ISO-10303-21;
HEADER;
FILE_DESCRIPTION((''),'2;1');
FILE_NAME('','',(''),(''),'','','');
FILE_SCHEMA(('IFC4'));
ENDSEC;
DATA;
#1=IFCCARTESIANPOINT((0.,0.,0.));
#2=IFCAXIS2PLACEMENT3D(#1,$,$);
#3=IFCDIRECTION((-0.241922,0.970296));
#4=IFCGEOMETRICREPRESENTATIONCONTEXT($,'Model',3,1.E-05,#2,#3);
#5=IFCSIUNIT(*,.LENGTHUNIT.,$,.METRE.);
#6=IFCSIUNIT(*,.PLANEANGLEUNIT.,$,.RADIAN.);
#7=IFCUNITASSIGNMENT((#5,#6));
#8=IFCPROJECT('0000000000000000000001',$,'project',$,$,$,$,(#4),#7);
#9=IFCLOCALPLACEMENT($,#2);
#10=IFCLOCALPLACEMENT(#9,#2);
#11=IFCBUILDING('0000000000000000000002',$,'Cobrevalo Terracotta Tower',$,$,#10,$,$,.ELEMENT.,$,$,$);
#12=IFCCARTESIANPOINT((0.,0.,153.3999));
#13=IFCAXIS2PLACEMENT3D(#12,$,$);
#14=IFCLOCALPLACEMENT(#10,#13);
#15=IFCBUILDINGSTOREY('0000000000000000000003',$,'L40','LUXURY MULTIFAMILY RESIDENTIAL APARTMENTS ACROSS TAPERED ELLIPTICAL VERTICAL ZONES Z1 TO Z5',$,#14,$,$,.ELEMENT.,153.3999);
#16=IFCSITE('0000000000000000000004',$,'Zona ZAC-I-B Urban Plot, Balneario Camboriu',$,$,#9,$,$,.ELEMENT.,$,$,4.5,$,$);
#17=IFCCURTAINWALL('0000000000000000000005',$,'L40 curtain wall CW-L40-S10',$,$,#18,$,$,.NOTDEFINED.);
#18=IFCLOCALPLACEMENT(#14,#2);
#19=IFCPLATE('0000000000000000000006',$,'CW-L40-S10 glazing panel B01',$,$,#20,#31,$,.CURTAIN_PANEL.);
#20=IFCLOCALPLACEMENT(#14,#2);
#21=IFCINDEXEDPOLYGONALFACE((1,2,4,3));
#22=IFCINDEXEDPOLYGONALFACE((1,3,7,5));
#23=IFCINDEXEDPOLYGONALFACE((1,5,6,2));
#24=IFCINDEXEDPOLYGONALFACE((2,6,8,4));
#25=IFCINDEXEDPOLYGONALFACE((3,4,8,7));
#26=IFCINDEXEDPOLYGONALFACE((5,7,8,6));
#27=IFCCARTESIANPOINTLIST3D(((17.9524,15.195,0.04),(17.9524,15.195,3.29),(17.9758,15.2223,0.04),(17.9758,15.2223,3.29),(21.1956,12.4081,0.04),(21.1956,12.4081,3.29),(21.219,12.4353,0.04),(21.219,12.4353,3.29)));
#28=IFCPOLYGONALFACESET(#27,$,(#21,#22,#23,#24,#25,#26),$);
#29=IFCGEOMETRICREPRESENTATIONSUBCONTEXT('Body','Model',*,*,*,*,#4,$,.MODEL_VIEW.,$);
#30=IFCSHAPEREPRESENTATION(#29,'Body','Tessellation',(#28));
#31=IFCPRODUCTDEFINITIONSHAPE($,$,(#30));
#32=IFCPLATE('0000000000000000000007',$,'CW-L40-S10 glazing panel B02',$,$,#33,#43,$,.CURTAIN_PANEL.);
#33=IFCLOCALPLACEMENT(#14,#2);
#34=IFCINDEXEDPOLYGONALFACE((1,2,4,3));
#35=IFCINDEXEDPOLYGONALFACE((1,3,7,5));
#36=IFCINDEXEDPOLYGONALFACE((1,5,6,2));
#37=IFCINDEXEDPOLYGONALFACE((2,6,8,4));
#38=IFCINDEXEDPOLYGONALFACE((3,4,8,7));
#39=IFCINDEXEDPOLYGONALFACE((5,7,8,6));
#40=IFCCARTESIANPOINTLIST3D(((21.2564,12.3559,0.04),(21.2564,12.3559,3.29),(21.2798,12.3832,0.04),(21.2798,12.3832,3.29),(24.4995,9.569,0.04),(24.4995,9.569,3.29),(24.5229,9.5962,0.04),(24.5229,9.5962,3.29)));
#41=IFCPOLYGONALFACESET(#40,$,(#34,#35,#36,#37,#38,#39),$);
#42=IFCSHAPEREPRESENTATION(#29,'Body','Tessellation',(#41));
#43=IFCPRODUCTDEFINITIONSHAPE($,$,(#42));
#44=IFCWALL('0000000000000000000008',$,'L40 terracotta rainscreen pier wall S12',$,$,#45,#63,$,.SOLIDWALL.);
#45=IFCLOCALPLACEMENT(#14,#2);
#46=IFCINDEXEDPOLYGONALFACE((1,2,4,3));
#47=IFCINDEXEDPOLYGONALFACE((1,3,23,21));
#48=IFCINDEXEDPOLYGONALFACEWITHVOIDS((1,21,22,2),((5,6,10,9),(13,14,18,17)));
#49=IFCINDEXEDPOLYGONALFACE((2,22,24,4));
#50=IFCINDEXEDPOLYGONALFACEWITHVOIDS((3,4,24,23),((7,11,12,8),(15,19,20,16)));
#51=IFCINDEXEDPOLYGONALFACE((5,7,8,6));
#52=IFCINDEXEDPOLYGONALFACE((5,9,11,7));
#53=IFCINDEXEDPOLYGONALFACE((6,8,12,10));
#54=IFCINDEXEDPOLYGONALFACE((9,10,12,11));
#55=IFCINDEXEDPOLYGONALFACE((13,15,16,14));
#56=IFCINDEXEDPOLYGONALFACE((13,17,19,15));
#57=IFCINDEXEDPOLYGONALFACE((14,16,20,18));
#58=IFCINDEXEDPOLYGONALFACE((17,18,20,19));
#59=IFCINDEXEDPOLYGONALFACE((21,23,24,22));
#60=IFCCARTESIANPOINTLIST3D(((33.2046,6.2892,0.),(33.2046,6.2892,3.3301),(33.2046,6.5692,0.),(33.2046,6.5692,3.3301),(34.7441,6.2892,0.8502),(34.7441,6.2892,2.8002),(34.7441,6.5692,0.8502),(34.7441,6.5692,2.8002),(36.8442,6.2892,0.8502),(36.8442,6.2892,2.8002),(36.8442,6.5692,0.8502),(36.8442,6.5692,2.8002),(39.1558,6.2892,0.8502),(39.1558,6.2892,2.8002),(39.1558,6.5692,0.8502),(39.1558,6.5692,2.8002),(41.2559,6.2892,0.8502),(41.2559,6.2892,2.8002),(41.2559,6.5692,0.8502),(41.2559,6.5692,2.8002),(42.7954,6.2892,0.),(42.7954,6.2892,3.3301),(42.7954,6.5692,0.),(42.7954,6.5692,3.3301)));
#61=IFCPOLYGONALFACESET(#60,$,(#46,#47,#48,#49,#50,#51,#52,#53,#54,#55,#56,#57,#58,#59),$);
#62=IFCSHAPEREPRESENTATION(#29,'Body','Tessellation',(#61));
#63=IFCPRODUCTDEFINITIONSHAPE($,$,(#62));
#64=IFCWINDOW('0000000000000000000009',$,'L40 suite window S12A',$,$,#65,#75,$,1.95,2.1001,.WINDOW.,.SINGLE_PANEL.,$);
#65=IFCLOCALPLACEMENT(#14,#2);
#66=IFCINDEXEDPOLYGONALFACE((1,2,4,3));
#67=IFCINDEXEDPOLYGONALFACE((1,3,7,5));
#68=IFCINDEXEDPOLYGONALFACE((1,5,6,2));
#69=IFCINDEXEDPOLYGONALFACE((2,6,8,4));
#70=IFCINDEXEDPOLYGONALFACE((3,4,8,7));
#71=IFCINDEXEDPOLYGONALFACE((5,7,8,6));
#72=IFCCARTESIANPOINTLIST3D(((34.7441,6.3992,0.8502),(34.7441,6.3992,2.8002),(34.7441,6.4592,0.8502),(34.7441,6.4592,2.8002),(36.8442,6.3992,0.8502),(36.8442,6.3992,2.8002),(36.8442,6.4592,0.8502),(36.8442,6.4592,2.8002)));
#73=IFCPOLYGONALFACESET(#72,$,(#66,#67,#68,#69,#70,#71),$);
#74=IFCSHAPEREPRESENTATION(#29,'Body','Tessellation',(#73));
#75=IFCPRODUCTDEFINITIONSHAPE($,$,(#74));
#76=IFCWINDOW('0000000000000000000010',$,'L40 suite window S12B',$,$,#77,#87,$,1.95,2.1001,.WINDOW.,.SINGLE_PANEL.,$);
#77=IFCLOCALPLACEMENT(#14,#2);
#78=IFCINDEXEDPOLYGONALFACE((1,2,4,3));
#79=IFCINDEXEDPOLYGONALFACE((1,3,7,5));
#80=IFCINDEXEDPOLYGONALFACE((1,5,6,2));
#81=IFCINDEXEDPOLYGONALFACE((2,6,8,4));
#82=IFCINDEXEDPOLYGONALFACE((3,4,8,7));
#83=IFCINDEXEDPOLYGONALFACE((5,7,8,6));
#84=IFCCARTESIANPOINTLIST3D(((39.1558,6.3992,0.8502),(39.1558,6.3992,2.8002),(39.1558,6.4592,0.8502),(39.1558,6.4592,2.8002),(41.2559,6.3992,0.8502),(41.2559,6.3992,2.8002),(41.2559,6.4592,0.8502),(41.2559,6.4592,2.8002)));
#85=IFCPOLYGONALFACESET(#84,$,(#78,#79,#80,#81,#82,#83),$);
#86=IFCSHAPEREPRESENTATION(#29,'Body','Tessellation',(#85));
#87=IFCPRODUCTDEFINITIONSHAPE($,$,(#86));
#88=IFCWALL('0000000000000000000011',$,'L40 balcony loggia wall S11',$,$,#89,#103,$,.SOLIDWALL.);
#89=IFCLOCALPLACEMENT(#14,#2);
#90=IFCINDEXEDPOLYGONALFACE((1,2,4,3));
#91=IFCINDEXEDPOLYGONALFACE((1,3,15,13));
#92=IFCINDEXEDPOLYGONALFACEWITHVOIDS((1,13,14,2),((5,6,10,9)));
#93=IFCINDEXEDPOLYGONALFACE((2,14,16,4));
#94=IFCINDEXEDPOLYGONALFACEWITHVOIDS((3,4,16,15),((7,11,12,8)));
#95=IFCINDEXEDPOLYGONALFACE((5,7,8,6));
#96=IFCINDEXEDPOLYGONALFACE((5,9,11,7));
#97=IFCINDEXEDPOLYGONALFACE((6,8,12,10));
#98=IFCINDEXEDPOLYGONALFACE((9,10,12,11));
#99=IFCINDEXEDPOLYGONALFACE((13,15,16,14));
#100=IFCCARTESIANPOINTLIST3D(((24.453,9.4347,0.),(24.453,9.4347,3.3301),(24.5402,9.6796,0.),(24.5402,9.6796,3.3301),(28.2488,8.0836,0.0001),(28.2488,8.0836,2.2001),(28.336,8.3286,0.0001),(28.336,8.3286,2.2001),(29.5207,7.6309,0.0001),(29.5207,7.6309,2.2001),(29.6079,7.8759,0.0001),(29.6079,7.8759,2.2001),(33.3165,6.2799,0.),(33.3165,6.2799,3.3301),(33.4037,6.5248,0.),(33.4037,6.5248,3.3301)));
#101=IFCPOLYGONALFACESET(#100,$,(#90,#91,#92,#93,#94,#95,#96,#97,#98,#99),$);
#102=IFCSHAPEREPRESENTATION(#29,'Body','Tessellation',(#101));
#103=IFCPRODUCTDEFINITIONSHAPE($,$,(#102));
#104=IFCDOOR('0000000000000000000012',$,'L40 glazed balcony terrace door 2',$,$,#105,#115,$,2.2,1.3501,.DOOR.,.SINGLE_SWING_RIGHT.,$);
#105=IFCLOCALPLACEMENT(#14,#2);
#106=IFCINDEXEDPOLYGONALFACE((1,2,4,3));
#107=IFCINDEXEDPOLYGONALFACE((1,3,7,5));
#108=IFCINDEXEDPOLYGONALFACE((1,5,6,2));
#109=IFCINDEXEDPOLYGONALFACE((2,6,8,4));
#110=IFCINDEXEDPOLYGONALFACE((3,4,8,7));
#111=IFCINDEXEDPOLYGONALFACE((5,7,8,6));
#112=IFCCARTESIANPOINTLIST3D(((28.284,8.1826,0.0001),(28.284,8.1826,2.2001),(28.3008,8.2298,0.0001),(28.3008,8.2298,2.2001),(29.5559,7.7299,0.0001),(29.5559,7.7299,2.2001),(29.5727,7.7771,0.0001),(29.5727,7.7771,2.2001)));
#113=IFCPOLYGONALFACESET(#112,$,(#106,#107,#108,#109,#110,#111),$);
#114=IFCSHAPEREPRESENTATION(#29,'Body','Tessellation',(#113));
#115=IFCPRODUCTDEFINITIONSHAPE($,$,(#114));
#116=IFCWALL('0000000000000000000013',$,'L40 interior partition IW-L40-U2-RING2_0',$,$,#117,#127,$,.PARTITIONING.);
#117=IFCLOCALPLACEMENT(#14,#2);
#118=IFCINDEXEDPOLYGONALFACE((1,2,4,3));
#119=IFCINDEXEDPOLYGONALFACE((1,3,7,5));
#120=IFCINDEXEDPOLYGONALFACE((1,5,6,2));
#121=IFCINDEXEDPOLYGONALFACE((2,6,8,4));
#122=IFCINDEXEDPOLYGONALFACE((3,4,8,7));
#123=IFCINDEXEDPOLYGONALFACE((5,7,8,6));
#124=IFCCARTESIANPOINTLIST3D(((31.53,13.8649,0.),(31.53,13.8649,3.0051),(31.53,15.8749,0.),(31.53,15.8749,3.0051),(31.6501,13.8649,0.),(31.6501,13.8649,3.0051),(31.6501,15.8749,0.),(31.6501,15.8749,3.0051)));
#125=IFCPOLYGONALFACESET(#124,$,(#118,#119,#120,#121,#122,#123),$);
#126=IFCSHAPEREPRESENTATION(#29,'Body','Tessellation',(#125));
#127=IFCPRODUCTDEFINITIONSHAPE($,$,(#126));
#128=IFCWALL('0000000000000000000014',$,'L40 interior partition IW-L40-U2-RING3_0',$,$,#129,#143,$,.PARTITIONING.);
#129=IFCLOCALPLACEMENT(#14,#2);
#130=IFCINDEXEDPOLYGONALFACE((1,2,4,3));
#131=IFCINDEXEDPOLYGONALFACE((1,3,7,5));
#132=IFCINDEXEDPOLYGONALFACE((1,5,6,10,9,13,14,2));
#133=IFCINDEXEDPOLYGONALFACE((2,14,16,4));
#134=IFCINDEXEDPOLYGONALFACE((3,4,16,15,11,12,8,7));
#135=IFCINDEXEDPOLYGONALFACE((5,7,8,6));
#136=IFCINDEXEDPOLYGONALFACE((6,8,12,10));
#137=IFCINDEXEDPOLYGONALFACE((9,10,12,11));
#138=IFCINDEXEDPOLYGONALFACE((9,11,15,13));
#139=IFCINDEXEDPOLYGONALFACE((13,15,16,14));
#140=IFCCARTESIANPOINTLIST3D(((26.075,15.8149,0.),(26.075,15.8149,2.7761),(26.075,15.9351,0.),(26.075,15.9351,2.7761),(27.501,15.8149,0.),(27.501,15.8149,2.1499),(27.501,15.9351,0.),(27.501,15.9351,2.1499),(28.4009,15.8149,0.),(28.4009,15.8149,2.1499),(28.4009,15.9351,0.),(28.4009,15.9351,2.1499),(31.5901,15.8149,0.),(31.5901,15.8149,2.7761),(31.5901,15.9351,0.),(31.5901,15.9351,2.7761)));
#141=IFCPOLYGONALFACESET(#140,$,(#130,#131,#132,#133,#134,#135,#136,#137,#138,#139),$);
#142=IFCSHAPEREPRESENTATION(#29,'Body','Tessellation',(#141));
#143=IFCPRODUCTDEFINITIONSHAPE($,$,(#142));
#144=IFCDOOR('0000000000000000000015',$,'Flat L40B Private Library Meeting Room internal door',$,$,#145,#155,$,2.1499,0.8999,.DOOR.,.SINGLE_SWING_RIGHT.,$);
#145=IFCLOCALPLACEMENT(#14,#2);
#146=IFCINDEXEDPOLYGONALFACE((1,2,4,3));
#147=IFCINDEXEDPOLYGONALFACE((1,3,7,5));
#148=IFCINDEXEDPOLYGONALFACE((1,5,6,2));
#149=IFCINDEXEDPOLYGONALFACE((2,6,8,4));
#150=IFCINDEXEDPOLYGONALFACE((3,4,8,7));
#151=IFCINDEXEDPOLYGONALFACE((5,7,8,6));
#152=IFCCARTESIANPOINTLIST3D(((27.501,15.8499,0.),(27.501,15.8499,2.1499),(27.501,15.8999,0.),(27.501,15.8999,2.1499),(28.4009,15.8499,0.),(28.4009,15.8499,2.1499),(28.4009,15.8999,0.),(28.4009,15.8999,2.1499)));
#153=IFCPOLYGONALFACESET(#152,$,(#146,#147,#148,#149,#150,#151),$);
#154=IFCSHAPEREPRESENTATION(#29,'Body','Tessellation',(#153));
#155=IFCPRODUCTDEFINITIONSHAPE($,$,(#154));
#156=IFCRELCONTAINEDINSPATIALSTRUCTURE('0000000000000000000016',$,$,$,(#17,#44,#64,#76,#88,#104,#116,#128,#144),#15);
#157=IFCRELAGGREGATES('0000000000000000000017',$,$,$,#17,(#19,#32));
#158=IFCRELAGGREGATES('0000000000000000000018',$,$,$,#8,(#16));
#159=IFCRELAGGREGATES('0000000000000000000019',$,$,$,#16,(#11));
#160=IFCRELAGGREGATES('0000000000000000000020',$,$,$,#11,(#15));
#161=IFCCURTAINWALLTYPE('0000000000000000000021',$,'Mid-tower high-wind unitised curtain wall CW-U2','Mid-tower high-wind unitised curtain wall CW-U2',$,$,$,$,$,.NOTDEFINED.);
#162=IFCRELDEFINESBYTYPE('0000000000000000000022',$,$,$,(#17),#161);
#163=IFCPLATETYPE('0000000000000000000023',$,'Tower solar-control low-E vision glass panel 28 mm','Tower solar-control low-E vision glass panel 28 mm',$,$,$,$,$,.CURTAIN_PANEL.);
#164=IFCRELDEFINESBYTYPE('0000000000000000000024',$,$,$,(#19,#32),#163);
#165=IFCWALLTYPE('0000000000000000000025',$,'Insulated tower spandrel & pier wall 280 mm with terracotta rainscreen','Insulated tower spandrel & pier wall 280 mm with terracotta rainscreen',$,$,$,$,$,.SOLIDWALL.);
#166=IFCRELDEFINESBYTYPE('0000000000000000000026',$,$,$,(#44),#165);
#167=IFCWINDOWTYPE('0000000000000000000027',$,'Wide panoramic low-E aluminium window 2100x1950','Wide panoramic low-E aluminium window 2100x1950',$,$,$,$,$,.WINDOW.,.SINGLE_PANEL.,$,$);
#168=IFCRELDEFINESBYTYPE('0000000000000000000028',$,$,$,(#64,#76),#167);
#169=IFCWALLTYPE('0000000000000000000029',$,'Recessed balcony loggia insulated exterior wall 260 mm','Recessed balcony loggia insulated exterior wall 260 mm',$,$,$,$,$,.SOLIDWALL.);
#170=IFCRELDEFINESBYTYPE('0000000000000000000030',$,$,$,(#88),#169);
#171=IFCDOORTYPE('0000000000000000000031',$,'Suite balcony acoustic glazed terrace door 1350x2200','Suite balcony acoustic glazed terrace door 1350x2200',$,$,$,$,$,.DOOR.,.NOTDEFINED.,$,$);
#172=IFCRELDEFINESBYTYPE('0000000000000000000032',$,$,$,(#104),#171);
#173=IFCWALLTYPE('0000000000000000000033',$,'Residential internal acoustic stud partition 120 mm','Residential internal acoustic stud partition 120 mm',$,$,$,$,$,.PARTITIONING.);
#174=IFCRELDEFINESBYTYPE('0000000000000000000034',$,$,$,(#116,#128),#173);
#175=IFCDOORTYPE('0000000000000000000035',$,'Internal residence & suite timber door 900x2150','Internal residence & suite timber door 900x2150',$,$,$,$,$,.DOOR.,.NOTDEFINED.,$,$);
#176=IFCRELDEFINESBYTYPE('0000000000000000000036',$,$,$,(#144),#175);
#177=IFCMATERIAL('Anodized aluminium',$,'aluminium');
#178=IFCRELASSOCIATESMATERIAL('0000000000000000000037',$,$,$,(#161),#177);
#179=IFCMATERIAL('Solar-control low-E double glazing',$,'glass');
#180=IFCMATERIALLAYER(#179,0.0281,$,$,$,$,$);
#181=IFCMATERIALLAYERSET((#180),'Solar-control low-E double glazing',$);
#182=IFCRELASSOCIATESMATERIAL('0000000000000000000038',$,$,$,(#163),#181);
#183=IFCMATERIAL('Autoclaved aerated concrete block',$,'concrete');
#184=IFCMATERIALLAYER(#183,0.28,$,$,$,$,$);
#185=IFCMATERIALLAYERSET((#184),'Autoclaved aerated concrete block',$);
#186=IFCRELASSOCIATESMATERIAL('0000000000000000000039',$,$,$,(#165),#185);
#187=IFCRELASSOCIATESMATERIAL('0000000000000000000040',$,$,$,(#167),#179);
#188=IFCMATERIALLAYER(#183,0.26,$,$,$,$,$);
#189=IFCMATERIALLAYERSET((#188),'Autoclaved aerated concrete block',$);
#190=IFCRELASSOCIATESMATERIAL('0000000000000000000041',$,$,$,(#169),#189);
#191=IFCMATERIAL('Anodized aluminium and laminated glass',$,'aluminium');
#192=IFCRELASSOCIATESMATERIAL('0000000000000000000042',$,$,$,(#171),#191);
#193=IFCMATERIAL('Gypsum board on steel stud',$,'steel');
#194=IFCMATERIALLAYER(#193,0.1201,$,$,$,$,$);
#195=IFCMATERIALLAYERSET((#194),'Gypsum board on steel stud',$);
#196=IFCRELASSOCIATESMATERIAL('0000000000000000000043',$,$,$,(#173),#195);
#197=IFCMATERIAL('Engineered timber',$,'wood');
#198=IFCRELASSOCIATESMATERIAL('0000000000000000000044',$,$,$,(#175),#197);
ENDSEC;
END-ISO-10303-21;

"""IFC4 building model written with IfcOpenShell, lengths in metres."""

from ifc_helpers import new_model, si_unit, direction, frame, frame_2d, origin, origin_2d, place, context, subcontext, project, spatial, rectangle, extrude, source, transform, mapped, material, layer, layer_set, type_object, element, fill, aggregate, save


model = new_model("IFC4")

# Units and contexts
model_context = context("Model", 3, precision=1e-05, world=origin(), true_north=direction((-0.241922, 0.970296)))
body_context = subcontext(model_context, "Body", "Model", "MODEL_VIEW")
ifc_project = project(units=[si_unit("LENGTHUNIT", "METRE"), si_unit("PLANEANGLEUNIT", "RADIAN")], contexts=[model_context])

# Site, building, storey
site_placement = place(None, origin())
site = spatial("IfcSite", under=ifc_project, at=site_placement, Name="Zona ZAC-I-B Urban Plot, Balneario Camboriu", CompositionType="ELEMENT", RefElevation=4.5)
building_placement = place(site_placement, origin())
building = spatial("IfcBuilding", under=site, at=building_placement, Name="Cobrevalo Terracotta Tower", CompositionType="ELEMENT")
storey_placement = place(building_placement, frame((0.0, 0.0, 153.3999)))
storey = spatial("IfcBuildingStorey", under=building, at=storey_placement, Name="L40", Description="LUXURY MULTIFAMILY RESIDENTIAL APARTMENTS ACROSS TAPERED ELLIPTICAL VERTICAL ZONES Z1 TO Z5", CompositionType="ELEMENT", Elevation=153.3999)

# Curtain wall, plates
ifc_material_1 = material(Name="Anodized aluminium", Category="aluminium")
curtain_wall_type = type_object("IfcCurtainWallType", Name="Mid-tower high-wind unitised curtain wall CW-U2", Description="Mid-tower high-wind unitised curtain wall CW-U2", PredefinedType="NOTDEFINED", material=ifc_material_1)
curtain_wall_placement = place(storey_placement, origin())
curtain_wall = element("IfcCurtainWall", 1, at=curtain_wall_placement, inside=storey, type_object=curtain_wall_type, Name="L40 curtain wall CW-L40-S10", PredefinedType="NOTDEFINED")
ifc_material_2 = material(Name="Solar-control low-E double glazing", Category="glass")
ifc_layer_1 = layer(ifc_material_2, 0.0281)
ifc_layer_set_1 = layer_set([ifc_layer_1], Name="Solar-control low-E double glazing")
plate_type = type_object("IfcPlateType", Name="Tower solar-control low-E vision glass panel 28 mm", Description="Tower solar-control low-E vision glass panel 28 mm", PredefinedType="CURTAIN_PANEL", material=ifc_layer_set_1)
shared_shape_1 = source(origin(), body_context, "Body", "SweptSolid", [
    extrude(rectangle(XDim=4.2761, YDim=0.0359, at=origin_2d()), origin(), (0.0, 0.0, 1.0), 3.25),
])
plate_1_placement = place(storey_placement, frame((19.5857, 13.8152, 0.04), z_axis=(0.0, 0.0, 1.0), x_axis=(0.758437, -0.651746, 0.0)))
plate_1 = element("IfcPlate", 2, at=plate_1_placement, type_object=plate_type, Name="CW-L40-S10 glazing panel B01", PredefinedType="CURTAIN_PANEL", context=body_context, shape_type="MappedRepresentation", body=[
    mapped(shared_shape_1, transform((0.0, 0.0, 0.0), scale=1.0)),
])
plate_2_placement = place(storey_placement, frame((22.8896, 10.9761, 0.04), z_axis=(0.0, 0.0, 1.0), x_axis=(0.758437, -0.651746, 0.0)))
plate_2 = element("IfcPlate", 3, at=plate_2_placement, type_object=plate_type, Name="CW-L40-S10 glazing panel B02", PredefinedType="CURTAIN_PANEL", context=body_context, shape_type="MappedRepresentation", body=[
    mapped(shared_shape_1, transform((0.0, 0.0, 0.0), scale=1.0)),
])
aggregate(curtain_wall, [plate_1, plate_2])

# Wall, openings, windows
ifc_material_3 = material(Name="Autoclaved aerated concrete block", Category="concrete")
ifc_layer_2 = layer(ifc_material_3, 0.28)
ifc_layer_set_2 = layer_set([ifc_layer_2], Name="Autoclaved aerated concrete block")
wall_type_1 = type_object("IfcWallType", Name="Insulated tower spandrel & pier wall 280 mm with terracotta rainscreen", Description="Insulated tower spandrel & pier wall 280 mm with terracotta rainscreen", PredefinedType="SOLIDWALL", material=ifc_layer_set_2)
wall_1_placement = place(storey_placement, frame((33.2046, 6.4292, 0.0), z_axis=(0.0, 0.0, 1.0), x_axis=(1.0, 0.0, 0.0)))
wall_1 = element("IfcWall", 4, at=wall_1_placement, inside=storey, type_object=wall_type_1, Name="L40 terracotta rainscreen pier wall S12", PredefinedType="SOLIDWALL", context=body_context, shape_type="SweptSolid", body=[
    extrude(rectangle(XDim=9.5908, YDim=0.28, at=frame_2d((4.7954, 0.0))), origin(), (0.0, 0.0, 1.0), 3.3301),
])
opening_1_placement = place(wall_1_placement, frame((1.5396, 0.0, 0.8501)))
opening_1 = element("IfcOpeningElement", 5, at=opening_1_placement, cuts=wall_1, PredefinedType="OPENING", context=body_context, shape_type="SweptSolid", body=[
    extrude(rectangle(XDim=2.1001, YDim=1.95, at=frame_2d((1.05, 0.9751))), frame((0.0, 0.1499, 0.0), z_axis=(0.0, -1.0, 0.0), x_axis=(1.0, 0.0, 0.0)), (0.0, 0.0, 1.0), 0.3),
])
opening_2_placement = place(wall_1_placement, frame((5.9512, 0.0, 0.8501)))
opening_2 = element("IfcOpeningElement", 6, at=opening_2_placement, cuts=wall_1, PredefinedType="OPENING", context=body_context, shape_type="SweptSolid", body=[
    extrude(rectangle(XDim=2.1001, YDim=1.95, at=frame_2d((1.05, 0.9751))), frame((0.0, 0.1499, 0.0), z_axis=(0.0, -1.0, 0.0), x_axis=(1.0, 0.0, 0.0)), (0.0, 0.0, 1.0), 0.3),
])
window_type = type_object("IfcWindowType", Name="Wide panoramic low-E aluminium window 2100x1950", Description="Wide panoramic low-E aluminium window 2100x1950", PartitioningType="SINGLE_PANEL", PredefinedType="WINDOW", material=ifc_material_2)
shared_shape_2 = source(origin(), body_context, "Body", "SweptSolid", [
    extrude(rectangle(XDim=2.1001, YDim=1.95, at=frame_2d((1.05, 0.9751))), frame((0.0, 0.03, 0.0), z_axis=(0.0, -1.0, 0.0), x_axis=(1.0, 0.0, 0.0)), (0.0, 0.0, 1.0), 0.0601),
])
window_1_placement = place(opening_1_placement, origin())
window_1 = element("IfcWindow", 7, at=window_1_placement, inside=storey, type_object=window_type, Name="L40 suite window S12A", OverallHeight=1.95, OverallWidth=2.1001, PartitioningType="SINGLE_PANEL", PredefinedType="WINDOW", context=body_context, shape_type="MappedRepresentation", body=[
    mapped(shared_shape_2, transform((0.0, 0.0, 0.0), scale=1.0)),
])
fill(opening_1, window_1)
window_2_placement = place(opening_2_placement, origin())
window_2 = element("IfcWindow", 8, at=window_2_placement, inside=storey, type_object=window_type, Name="L40 suite window S12B", OverallHeight=1.95, OverallWidth=2.1001, PartitioningType="SINGLE_PANEL", PredefinedType="WINDOW", context=body_context, shape_type="MappedRepresentation", body=[
    mapped(shared_shape_2, transform((0.0, 0.0, 0.0), scale=1.0)),
])
fill(opening_2, window_2)

# Wall, opening, door
ifc_layer_3 = layer(ifc_material_3, 0.26)
ifc_layer_set_3 = layer_set([ifc_layer_3], Name="Autoclaved aerated concrete block")
wall_type_2 = type_object("IfcWallType", Name="Recessed balcony loggia insulated exterior wall 260 mm", Description="Recessed balcony loggia insulated exterior wall 260 mm", PredefinedType="SOLIDWALL", material=ifc_layer_set_3)
wall_2_placement = place(storey_placement, frame((24.4966, 9.5571, 0.0), z_axis=(0.0, 0.0, 1.0), x_axis=(0.942104, -0.335322, 0.0)))
wall_2 = element("IfcWall", 9, at=wall_2_placement, inside=storey, type_object=wall_type_2, Name="L40 balcony loggia wall S11", PredefinedType="SOLIDWALL", context=body_context, shape_type="SweptSolid", body=[
    extrude(rectangle(XDim=9.4082, YDim=0.26, at=frame_2d((4.7041, 0.0))), origin(), (0.0, 0.0, 1.0), 3.3301),
])
opening_3_placement = place(wall_2_placement, frame((4.0291, 0.0, 0.0)))
opening_3 = element("IfcOpeningElement", 10, at=opening_3_placement, cuts=wall_2, PredefinedType="OPENING", context=body_context, shape_type="SweptSolid", body=[
    extrude(rectangle(XDim=1.3501, YDim=2.2, at=frame_2d((0.675, 1.1001))), frame((0.0, 0.1401, 0.0), z_axis=(0.0, -1.0, 0.0), x_axis=(1.0, 0.0, 0.0)), (0.0, 0.0, 1.0), 0.28),
])
ifc_material_4 = material(Name="Anodized aluminium and laminated glass", Category="aluminium")
door_type_1 = type_object("IfcDoorType", Name="Suite balcony acoustic glazed terrace door 1350x2200", Description="Suite balcony acoustic glazed terrace door 1350x2200", OperationType="NOTDEFINED", PredefinedType="DOOR", material=ifc_material_4)
shared_shape_3 = source(origin(), body_context, "Body", "SweptSolid", [
    extrude(rectangle(XDim=1.3501, YDim=2.2, at=frame_2d((0.675, 1.1001))), frame((0.0, 0.0249, 0.0), z_axis=(0.0, -1.0, 0.0), x_axis=(1.0, 0.0, 0.0)), (0.0, 0.0, 1.0), 0.05),
])
door_1_placement = place(opening_3_placement, frame((1.3501, 0.0, 0.0), z_axis=(0.0, 0.0, 1.0), x_axis=(-1.0, 0.0, 0.0)))
door_1 = element("IfcDoor", 11, at=door_1_placement, inside=storey, type_object=door_type_1, Name="L40 glazed balcony terrace door 2", OperationType="SINGLE_SWING_RIGHT", OverallHeight=2.2, OverallWidth=1.3501, PredefinedType="DOOR", context=body_context, shape_type="MappedRepresentation", body=[
    mapped(shared_shape_3, transform((0.0, 0.0, 0.0), scale=1.0)),
])
fill(opening_3, door_1)

# Wall
ifc_material_5 = material(Name="Gypsum board on steel stud", Category="steel")
ifc_layer_4 = layer(ifc_material_5, 0.1201)
ifc_layer_set_4 = layer_set([ifc_layer_4], Name="Gypsum board on steel stud")
wall_type_3 = type_object("IfcWallType", Name="Residential internal acoustic stud partition 120 mm", Description="Residential internal acoustic stud partition 120 mm", PredefinedType="PARTITIONING", material=ifc_layer_set_4)
wall_3_placement = place(storey_placement, frame((31.5901, 13.865, 0.0), z_axis=(0.0, 0.0, 1.0), x_axis=(0.0, 1.0, 0.0)))
element("IfcWall", 12, at=wall_3_placement, inside=storey, type_object=wall_type_3, Name="L40 interior partition IW-L40-U2-RING2_0", PredefinedType="PARTITIONING", context=body_context, shape_type="SweptSolid", body=[
    extrude(rectangle(XDim=2.01, YDim=0.1201, at=frame_2d((1.0049, 0.0))), origin(), (0.0, 0.0, 1.0), 3.0051),
])

# Wall, opening, door
wall_4_placement = place(storey_placement, frame((31.5901, 15.875, 0.0), z_axis=(0.0, 0.0, 1.0), x_axis=(-1.0, 0.0, 0.0)))
wall_4 = element("IfcWall", 13, at=wall_4_placement, inside=storey, type_object=wall_type_3, Name="L40 interior partition IW-L40-U2-RING3_0", PredefinedType="PARTITIONING", context=body_context, shape_type="SweptSolid", body=[
    extrude(rectangle(XDim=5.5151, YDim=0.1201, at=frame_2d((2.7576, 0.0))), origin(), (0.0, 0.0, 1.0), 2.7761),
])
opening_4_placement = place(wall_4_placement, frame((3.1892, 0.0, 0.0)))
opening_4 = element("IfcOpeningElement", 14, at=opening_4_placement, cuts=wall_4, PredefinedType="OPENING", context=body_context, shape_type="SweptSolid", body=[
    extrude(rectangle(XDim=0.8999, YDim=2.1499, at=frame_2d((0.45, 1.075))), frame((0.0, 0.0701, 0.0), z_axis=(0.0, -1.0, 0.0), x_axis=(1.0, 0.0, 0.0)), (0.0, 0.0, 1.0), 0.1401),
])
ifc_material_6 = material(Name="Engineered timber", Category="wood")
door_type_2 = type_object("IfcDoorType", Name="Internal residence & suite timber door 900x2150", Description="Internal residence & suite timber door 900x2150", OperationType="NOTDEFINED", PredefinedType="DOOR", material=ifc_material_6)
shared_shape_4 = source(origin(), body_context, "Body", "SweptSolid", [
    extrude(rectangle(XDim=0.8999, YDim=2.1499, at=frame_2d((0.45, 1.075))), frame((0.0, 0.0249, 0.0), z_axis=(0.0, -1.0, 0.0), x_axis=(1.0, 0.0, 0.0)), (0.0, 0.0, 1.0), 0.05),
])
door_2_placement = place(opening_4_placement, frame((0.8999, 0.0, 0.0), z_axis=(0.0, 0.0, 1.0), x_axis=(-1.0, 0.0, 0.0)))
door_2 = element("IfcDoor", 15, at=door_2_placement, inside=storey, type_object=door_type_2, Name="Flat L40B Private Library Meeting Room internal door", OperationType="SINGLE_SWING_RIGHT", OverallHeight=2.1499, OverallWidth=0.8999, PredefinedType="DOOR", context=body_context, shape_type="MappedRepresentation", body=[
    mapped(shared_shape_4, transform((0.0, 0.0, 0.0), scale=1.0)),
])
fill(opening_4, door_2)

save(model, "model.ifc")
